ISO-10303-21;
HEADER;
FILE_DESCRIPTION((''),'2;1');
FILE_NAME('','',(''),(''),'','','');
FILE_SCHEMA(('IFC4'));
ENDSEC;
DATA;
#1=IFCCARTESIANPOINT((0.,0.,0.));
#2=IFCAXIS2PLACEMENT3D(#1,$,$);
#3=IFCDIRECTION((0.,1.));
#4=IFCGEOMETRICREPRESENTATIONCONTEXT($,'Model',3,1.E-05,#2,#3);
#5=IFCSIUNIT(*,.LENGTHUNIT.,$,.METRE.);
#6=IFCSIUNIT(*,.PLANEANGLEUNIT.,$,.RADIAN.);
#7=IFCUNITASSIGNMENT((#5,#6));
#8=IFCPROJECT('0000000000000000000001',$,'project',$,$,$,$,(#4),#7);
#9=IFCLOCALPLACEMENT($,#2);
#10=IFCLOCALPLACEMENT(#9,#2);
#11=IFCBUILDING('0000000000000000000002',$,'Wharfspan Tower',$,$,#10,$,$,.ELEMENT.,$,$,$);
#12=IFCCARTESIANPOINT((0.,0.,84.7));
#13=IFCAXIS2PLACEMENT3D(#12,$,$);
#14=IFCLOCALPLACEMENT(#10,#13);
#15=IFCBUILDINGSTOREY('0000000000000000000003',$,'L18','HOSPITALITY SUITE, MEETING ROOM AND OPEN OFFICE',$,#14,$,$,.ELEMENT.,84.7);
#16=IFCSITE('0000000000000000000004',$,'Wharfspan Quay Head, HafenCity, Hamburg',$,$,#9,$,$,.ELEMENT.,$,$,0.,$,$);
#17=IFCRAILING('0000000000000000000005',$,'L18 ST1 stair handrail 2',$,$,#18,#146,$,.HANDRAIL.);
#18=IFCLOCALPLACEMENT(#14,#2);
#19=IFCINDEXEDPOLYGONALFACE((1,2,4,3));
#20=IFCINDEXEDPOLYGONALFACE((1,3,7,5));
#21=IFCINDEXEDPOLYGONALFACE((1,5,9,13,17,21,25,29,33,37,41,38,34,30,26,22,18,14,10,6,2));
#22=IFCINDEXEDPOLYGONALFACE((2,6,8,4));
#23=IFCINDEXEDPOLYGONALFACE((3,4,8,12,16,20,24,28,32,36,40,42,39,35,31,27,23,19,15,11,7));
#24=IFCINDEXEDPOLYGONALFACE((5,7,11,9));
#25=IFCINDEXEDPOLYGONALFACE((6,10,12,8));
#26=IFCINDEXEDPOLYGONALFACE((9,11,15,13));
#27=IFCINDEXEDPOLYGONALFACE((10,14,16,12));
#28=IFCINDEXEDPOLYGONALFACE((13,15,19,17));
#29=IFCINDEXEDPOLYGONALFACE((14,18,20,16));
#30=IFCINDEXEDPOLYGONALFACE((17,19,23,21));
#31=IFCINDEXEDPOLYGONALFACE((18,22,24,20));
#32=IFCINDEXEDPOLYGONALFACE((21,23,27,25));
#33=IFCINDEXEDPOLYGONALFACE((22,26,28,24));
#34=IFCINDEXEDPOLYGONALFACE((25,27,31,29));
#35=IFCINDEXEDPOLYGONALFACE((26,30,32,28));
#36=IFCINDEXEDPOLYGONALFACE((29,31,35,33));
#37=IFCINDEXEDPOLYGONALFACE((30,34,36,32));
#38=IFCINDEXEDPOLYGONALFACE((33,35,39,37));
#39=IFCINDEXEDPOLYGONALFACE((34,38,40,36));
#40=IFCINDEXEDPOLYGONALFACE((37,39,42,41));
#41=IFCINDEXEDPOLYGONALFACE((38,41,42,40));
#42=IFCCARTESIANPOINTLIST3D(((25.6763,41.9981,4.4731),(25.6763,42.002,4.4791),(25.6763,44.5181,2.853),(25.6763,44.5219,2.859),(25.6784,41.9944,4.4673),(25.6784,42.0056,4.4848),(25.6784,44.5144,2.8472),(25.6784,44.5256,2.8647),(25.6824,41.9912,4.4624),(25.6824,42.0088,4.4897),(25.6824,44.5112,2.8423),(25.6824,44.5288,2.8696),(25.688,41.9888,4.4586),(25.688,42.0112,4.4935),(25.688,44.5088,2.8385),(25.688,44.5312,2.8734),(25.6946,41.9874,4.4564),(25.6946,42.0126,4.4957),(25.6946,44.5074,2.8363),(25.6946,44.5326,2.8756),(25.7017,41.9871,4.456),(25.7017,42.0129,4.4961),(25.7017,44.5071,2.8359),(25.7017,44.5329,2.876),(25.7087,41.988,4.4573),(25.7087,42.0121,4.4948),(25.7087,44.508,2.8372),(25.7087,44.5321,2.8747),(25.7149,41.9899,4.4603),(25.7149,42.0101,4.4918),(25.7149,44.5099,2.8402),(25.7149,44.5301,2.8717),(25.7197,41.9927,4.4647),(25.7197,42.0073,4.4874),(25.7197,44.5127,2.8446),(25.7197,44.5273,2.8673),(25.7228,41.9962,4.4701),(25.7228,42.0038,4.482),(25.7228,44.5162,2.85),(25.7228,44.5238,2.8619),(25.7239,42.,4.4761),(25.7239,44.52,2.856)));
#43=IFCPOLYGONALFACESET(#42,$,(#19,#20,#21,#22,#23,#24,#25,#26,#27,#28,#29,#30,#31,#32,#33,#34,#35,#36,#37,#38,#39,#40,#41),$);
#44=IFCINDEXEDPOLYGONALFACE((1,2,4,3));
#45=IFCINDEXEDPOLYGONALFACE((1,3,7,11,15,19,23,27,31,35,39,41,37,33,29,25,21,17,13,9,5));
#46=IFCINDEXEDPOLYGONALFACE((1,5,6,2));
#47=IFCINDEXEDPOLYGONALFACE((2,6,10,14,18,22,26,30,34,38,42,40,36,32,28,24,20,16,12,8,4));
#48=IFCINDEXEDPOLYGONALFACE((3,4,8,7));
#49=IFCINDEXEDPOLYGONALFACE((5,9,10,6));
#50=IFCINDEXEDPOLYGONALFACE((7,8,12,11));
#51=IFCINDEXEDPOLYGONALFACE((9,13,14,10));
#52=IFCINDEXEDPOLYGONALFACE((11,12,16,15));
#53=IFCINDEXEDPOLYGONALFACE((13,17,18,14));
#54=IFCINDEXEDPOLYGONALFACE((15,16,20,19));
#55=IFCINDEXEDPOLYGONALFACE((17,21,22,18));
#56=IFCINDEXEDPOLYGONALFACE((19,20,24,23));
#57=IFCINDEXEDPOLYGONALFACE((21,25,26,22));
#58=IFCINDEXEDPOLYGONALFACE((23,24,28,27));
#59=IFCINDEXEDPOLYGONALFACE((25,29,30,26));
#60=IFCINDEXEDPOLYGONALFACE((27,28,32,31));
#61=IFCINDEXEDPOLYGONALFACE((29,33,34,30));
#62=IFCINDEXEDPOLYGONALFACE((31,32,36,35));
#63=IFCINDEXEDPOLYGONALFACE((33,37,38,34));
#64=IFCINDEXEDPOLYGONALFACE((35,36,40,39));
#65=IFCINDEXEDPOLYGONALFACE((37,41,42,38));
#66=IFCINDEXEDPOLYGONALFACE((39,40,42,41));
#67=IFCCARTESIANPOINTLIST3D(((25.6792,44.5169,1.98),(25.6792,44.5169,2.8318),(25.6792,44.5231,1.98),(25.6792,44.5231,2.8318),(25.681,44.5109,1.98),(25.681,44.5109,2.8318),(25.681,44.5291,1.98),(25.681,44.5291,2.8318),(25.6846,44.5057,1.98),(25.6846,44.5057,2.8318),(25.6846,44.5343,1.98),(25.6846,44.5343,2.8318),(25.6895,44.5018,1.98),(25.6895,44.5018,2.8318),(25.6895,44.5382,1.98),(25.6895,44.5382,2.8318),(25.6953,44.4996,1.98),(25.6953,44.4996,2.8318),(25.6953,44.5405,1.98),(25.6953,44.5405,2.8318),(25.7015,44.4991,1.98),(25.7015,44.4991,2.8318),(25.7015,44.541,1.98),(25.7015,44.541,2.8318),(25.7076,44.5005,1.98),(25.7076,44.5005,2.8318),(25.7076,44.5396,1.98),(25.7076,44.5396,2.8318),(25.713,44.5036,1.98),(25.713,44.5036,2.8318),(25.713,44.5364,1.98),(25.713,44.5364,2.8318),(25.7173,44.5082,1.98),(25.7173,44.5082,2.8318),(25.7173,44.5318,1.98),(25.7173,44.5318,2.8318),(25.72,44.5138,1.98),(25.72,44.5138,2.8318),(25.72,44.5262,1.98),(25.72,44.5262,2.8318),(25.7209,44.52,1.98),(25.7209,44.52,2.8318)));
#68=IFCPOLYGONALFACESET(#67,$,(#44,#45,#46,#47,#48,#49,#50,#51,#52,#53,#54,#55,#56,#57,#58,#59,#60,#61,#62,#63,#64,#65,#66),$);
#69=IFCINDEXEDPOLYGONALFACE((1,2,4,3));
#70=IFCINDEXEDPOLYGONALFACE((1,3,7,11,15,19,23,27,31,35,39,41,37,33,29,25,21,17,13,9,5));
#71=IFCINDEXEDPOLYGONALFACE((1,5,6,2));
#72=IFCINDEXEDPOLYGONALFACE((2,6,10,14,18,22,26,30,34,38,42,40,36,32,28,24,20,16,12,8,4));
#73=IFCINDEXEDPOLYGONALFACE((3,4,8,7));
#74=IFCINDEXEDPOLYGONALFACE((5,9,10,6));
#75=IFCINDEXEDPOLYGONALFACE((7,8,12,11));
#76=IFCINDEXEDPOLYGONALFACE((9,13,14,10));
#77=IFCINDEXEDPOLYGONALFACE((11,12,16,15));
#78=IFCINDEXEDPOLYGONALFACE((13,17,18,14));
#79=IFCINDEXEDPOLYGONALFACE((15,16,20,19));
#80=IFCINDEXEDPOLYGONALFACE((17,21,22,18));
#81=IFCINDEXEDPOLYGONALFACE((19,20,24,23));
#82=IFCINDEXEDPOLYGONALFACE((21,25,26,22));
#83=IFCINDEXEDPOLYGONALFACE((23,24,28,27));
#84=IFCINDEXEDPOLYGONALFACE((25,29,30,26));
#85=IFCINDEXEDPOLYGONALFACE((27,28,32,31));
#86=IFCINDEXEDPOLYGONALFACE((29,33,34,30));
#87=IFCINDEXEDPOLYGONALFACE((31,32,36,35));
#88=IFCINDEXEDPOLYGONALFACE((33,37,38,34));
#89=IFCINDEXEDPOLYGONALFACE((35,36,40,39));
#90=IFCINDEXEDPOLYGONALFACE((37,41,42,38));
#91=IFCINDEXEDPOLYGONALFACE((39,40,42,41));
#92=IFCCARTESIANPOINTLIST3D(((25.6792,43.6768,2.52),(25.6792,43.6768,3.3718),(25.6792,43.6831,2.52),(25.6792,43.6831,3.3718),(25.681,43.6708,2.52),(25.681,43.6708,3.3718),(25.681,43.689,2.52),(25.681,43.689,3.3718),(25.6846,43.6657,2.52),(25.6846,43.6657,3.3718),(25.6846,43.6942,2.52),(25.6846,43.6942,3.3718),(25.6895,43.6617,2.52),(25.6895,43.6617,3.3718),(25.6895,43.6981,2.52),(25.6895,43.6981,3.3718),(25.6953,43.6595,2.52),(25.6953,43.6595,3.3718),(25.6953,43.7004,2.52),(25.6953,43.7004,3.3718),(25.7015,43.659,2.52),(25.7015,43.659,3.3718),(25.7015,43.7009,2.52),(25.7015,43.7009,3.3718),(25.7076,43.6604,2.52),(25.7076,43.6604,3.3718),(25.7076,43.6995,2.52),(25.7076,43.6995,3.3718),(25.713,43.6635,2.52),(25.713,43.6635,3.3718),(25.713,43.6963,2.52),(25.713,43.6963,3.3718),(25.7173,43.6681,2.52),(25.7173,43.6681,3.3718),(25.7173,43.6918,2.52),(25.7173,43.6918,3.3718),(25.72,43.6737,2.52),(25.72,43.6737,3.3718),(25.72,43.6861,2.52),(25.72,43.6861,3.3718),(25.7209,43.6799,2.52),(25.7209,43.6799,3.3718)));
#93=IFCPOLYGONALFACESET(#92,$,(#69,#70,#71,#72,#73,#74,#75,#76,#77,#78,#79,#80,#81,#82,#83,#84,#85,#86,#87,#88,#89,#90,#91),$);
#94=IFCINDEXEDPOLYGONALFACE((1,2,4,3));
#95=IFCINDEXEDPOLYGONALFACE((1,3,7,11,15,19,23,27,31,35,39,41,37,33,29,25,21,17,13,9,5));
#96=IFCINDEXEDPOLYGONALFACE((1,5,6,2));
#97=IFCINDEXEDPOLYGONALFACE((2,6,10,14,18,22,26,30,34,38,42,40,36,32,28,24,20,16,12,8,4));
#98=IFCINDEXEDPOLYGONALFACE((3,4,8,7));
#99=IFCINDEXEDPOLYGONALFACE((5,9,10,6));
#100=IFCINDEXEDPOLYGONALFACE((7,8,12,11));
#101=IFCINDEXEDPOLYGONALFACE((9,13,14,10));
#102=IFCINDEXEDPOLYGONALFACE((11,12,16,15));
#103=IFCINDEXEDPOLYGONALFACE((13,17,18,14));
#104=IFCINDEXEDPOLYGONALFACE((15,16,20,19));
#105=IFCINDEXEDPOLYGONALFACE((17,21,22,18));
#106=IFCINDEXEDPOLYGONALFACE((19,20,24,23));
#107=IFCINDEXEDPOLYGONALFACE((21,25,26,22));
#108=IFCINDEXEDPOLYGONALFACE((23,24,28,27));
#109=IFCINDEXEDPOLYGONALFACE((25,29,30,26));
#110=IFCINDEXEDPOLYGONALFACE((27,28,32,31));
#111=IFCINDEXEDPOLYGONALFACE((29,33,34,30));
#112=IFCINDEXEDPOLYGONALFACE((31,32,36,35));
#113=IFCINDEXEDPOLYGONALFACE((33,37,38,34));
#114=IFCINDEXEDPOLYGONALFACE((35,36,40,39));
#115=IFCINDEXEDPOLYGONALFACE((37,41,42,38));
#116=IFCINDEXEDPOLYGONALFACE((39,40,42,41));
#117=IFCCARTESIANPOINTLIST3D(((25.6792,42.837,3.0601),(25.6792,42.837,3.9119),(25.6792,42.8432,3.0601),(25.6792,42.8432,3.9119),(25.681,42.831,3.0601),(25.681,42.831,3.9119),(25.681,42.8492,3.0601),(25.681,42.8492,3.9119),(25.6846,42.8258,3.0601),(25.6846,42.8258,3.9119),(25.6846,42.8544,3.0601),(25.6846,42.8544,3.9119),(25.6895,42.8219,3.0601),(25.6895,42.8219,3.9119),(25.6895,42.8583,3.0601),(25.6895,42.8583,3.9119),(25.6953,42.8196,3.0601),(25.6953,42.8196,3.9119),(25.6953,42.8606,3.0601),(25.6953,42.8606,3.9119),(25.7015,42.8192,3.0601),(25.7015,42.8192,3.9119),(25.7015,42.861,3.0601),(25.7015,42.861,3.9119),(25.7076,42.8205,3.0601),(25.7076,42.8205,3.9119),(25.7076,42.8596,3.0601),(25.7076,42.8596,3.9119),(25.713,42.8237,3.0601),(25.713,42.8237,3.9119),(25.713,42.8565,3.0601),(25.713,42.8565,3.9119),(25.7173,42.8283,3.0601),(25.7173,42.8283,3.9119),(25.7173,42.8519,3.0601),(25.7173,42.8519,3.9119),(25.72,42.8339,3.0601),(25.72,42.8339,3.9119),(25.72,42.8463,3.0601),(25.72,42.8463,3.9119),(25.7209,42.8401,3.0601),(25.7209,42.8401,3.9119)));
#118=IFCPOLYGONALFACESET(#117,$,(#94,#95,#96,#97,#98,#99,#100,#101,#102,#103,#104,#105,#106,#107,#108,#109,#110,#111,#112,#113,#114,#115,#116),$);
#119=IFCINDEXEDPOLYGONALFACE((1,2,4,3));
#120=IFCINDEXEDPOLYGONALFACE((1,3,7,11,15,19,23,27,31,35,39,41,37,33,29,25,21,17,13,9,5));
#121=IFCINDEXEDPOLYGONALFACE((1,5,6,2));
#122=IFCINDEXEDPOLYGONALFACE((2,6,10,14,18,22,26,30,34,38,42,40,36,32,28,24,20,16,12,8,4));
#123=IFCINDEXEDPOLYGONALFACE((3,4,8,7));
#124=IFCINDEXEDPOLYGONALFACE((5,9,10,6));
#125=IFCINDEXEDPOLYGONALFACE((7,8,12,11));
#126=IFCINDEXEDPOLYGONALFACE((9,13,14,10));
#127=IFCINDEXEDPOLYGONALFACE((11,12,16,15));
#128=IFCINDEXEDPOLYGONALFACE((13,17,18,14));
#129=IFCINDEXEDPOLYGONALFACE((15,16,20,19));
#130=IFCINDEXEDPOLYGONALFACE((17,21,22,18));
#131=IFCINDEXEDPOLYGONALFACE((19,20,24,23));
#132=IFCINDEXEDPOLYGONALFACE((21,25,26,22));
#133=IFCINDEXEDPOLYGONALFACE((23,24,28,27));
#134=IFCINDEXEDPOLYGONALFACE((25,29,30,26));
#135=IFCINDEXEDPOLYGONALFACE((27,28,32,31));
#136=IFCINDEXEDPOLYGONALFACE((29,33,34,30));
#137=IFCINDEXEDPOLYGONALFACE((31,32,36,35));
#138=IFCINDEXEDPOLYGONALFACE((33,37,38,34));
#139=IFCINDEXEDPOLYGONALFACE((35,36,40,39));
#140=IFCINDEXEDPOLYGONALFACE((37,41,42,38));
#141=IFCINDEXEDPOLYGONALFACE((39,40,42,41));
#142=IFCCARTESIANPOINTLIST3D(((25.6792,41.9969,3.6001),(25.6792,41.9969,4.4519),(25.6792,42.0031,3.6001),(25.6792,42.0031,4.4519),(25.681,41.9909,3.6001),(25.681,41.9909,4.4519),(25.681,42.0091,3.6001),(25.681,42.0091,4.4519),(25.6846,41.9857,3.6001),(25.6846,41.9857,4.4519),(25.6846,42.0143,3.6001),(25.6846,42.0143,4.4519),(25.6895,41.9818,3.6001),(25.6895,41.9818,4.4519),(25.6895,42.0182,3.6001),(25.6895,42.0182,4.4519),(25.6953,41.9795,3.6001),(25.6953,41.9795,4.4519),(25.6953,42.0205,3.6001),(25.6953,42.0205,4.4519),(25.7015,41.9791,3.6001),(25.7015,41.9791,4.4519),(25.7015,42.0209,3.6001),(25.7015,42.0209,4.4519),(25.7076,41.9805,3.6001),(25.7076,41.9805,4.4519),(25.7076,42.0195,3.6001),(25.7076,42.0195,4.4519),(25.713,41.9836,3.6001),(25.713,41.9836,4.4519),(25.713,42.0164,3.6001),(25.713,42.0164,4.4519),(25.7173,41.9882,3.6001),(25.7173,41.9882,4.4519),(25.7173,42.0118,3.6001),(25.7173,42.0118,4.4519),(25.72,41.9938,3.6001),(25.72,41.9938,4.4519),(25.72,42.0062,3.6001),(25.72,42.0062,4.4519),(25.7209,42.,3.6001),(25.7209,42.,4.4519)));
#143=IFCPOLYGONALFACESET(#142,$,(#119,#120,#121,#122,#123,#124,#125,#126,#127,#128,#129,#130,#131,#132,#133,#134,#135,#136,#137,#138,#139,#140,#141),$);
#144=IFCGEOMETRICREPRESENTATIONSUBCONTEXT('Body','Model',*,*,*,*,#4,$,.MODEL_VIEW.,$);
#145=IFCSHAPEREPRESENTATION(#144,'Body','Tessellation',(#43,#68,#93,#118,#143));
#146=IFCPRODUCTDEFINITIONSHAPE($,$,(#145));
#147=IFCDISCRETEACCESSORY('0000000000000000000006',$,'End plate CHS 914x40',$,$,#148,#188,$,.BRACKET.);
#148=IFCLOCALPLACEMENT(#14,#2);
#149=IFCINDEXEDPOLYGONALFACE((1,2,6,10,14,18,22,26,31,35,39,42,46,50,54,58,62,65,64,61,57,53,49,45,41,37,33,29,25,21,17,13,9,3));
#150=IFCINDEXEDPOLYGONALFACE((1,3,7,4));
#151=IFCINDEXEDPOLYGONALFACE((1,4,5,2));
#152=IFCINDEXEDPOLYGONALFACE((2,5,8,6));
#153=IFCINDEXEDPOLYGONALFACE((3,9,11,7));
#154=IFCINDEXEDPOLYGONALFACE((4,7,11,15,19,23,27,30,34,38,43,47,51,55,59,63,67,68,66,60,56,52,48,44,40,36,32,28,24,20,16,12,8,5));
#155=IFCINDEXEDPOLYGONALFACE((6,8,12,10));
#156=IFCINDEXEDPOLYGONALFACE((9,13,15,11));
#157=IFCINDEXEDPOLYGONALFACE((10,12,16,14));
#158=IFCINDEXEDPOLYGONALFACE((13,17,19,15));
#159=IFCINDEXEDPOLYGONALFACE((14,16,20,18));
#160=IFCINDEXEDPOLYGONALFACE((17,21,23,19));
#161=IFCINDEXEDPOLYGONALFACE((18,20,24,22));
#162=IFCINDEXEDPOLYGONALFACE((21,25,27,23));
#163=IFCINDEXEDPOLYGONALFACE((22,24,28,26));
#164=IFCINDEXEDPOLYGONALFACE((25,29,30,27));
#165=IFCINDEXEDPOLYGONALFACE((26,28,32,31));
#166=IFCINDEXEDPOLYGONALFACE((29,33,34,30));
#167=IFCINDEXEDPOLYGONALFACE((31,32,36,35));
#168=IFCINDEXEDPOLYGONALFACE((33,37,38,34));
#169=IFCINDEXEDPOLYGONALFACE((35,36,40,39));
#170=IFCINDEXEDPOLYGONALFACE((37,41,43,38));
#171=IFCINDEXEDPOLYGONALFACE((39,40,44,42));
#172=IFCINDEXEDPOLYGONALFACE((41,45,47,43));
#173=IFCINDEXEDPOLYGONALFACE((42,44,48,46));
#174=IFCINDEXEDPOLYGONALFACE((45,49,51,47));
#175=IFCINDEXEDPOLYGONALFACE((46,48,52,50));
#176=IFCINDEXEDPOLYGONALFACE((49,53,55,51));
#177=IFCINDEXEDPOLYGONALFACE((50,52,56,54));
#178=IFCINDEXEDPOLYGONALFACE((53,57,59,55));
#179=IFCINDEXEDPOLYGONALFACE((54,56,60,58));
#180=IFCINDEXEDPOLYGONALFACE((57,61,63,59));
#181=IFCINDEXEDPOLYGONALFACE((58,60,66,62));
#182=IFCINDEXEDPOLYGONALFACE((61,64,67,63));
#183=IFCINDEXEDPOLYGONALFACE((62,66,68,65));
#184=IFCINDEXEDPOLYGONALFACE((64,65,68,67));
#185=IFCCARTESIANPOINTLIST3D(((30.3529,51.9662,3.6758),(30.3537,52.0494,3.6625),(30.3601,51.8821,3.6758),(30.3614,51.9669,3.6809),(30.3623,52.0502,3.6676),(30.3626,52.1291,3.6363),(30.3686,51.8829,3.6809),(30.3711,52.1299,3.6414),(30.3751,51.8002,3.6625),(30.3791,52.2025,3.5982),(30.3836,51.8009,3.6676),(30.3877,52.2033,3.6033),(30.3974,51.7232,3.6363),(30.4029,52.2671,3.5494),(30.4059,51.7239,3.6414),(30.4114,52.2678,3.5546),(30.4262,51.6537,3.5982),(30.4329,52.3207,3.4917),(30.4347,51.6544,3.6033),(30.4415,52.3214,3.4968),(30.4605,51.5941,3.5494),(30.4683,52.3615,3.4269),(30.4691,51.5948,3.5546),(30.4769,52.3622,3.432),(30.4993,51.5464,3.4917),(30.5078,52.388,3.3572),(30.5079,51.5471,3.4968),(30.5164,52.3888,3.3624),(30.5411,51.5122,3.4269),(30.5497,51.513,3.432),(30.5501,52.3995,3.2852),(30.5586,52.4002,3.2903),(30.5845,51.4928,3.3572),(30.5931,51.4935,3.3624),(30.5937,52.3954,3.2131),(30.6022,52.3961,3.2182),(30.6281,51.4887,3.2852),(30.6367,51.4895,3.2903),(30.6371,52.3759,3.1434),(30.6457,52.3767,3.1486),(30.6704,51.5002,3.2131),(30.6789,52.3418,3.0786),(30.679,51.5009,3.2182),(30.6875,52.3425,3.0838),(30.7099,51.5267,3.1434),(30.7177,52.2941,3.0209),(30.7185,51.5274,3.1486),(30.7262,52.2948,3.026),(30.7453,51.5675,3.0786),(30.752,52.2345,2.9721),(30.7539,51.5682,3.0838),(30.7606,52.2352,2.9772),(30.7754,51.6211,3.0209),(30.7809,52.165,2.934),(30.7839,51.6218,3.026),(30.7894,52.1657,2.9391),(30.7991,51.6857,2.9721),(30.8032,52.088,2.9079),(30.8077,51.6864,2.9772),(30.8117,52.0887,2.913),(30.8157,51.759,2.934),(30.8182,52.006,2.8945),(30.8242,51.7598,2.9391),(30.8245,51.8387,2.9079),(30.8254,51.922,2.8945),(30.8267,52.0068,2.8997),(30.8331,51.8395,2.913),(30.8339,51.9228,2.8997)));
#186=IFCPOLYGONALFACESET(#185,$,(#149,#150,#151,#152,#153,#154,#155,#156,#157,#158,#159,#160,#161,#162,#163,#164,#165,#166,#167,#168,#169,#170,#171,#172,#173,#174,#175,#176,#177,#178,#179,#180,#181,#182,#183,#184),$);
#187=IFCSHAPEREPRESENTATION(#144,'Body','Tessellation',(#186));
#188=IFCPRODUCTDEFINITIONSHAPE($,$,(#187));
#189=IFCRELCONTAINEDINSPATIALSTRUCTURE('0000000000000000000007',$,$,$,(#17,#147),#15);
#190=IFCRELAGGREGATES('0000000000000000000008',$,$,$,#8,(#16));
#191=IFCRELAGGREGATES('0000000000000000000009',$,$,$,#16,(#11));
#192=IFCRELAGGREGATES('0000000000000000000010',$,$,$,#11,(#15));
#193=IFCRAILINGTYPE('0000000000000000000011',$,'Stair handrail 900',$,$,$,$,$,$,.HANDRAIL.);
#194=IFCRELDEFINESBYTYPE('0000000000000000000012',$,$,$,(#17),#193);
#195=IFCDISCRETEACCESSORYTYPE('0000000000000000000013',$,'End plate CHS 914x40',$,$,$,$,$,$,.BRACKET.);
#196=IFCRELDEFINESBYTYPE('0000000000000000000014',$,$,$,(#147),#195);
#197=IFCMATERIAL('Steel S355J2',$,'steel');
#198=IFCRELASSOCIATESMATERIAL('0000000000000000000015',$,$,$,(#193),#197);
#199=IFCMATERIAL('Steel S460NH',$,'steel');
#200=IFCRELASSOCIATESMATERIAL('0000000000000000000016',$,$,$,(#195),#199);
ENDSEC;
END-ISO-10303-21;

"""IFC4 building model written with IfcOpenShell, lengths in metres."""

from ifc_helpers import new_model, si_unit, direction, frame, origin, origin_2d, place, context, subcontext, project, spatial, circle, extrude, material, material_profile, profile_set, type_object, element, save


model = new_model("IFC4")

# Units and contexts
model_context = context("Model", 3, precision=1e-05, world=origin(), true_north=direction((0.0, 1.0)))
body_context = subcontext(model_context, "Body", "Model", "MODEL_VIEW")
ifc_project = project(units=[si_unit("LENGTHUNIT", "METRE"), si_unit("PLANEANGLEUNIT", "RADIAN")], contexts=[model_context])

# Site, building, storey
site_placement = place(None, origin())
site = spatial("IfcSite", under=ifc_project, at=site_placement, Name="Wharfspan Quay Head, HafenCity, Hamburg", CompositionType="ELEMENT", RefElevation=0.0)
building_placement = place(site_placement, origin())
building = spatial("IfcBuilding", under=site, at=building_placement, Name="Wharfspan Tower", CompositionType="ELEMENT")
storey_placement = place(building_placement, frame((0.0, 0.0, 84.7)))
storey = spatial("IfcBuildingStorey", under=building, at=storey_placement, Name="L18", Description="HOSPITALITY SUITE, MEETING ROOM AND OPEN OFFICE", CompositionType="ELEMENT", Elevation=84.7)

# Shared definitions
ifc_material_1 = material(Name="Steel S355J2", Category="steel")

# Shared definitions
ifc_material_2 = material(Name="Steel S460NH", Category="steel")

# Railing
railing_type_1 = type_object("IfcRailingType", Name="Stair handrail 900", PredefinedType="HANDRAIL", material=ifc_material_1)
railing_1_placement = place(storey_placement, frame((25.7, 44.52, 1.98)))
element("IfcRailing", 1, at=railing_1_placement, inside=storey, type_object=railing_type_1, Name="L18 ST1 stair handrail 2", PredefinedType="HANDRAIL", context=body_context, shape_type="SweptSolid", body=[
    extrude(circle(Radius=0.0239, at=origin_2d()), frame((0.0, 0.0, 0.876), z_axis=(0.0, -0.841163, 0.540782), x_axis=(1.0, 0.0, 0.0)), (0.0, 0.0, 1.0), 2.9958),
    extrude(circle(Radius=0.021, at=origin_2d()), origin(), (0.0, 0.0, 1.0), 0.8518),
    extrude(circle(Radius=0.021, at=origin_2d()), frame((0.0, -0.8401, 0.54)), (0.0, 0.0, 1.0), 0.8518),
    extrude(circle(Radius=0.021, at=origin_2d()), frame((0.0, -1.6799, 1.0801)), (0.0, 0.0, 1.0), 0.8518),
    extrude(circle(Radius=0.021, at=origin_2d()), frame((0.0, -2.52, 1.6201)), (0.0, 0.0, 1.0), 0.8518),
])

# Discrete accessory
ifc_material_profile_1 = material_profile(ifc_material_2, circle(Radius=0.457, at=origin_2d()))
ifc_profile_set_1 = profile_set([ifc_material_profile_1], Name="Steel S460NH")
discrete_accessory_type = type_object("IfcDiscreteAccessoryType", Name="End plate CHS 914x40", PredefinedType="BRACKET", material=ifc_profile_set_1)
for number, where, z_axis, x_axis, name in (
    (2, (30.5891, 51.9441, 3.2852), (0.855186, 0.073302, 0.513112), (-0.085402, 0.996345, 0.000001), "End plate CHS 914x40"),
):
    element("IfcDiscreteAccessory", number, at=place(storey_placement, frame(where, z_axis=z_axis, x_axis=x_axis)), inside=storey, type_object=discrete_accessory_type, Name=name, PredefinedType="BRACKET", context=body_context, shape_type="SweptSolid", body=[
        extrude(circle(Radius=0.457, at=origin_2d()), origin(), (0.0, 0.0, 1.0), 0.01),
    ])

save(model, "model.ifc")
